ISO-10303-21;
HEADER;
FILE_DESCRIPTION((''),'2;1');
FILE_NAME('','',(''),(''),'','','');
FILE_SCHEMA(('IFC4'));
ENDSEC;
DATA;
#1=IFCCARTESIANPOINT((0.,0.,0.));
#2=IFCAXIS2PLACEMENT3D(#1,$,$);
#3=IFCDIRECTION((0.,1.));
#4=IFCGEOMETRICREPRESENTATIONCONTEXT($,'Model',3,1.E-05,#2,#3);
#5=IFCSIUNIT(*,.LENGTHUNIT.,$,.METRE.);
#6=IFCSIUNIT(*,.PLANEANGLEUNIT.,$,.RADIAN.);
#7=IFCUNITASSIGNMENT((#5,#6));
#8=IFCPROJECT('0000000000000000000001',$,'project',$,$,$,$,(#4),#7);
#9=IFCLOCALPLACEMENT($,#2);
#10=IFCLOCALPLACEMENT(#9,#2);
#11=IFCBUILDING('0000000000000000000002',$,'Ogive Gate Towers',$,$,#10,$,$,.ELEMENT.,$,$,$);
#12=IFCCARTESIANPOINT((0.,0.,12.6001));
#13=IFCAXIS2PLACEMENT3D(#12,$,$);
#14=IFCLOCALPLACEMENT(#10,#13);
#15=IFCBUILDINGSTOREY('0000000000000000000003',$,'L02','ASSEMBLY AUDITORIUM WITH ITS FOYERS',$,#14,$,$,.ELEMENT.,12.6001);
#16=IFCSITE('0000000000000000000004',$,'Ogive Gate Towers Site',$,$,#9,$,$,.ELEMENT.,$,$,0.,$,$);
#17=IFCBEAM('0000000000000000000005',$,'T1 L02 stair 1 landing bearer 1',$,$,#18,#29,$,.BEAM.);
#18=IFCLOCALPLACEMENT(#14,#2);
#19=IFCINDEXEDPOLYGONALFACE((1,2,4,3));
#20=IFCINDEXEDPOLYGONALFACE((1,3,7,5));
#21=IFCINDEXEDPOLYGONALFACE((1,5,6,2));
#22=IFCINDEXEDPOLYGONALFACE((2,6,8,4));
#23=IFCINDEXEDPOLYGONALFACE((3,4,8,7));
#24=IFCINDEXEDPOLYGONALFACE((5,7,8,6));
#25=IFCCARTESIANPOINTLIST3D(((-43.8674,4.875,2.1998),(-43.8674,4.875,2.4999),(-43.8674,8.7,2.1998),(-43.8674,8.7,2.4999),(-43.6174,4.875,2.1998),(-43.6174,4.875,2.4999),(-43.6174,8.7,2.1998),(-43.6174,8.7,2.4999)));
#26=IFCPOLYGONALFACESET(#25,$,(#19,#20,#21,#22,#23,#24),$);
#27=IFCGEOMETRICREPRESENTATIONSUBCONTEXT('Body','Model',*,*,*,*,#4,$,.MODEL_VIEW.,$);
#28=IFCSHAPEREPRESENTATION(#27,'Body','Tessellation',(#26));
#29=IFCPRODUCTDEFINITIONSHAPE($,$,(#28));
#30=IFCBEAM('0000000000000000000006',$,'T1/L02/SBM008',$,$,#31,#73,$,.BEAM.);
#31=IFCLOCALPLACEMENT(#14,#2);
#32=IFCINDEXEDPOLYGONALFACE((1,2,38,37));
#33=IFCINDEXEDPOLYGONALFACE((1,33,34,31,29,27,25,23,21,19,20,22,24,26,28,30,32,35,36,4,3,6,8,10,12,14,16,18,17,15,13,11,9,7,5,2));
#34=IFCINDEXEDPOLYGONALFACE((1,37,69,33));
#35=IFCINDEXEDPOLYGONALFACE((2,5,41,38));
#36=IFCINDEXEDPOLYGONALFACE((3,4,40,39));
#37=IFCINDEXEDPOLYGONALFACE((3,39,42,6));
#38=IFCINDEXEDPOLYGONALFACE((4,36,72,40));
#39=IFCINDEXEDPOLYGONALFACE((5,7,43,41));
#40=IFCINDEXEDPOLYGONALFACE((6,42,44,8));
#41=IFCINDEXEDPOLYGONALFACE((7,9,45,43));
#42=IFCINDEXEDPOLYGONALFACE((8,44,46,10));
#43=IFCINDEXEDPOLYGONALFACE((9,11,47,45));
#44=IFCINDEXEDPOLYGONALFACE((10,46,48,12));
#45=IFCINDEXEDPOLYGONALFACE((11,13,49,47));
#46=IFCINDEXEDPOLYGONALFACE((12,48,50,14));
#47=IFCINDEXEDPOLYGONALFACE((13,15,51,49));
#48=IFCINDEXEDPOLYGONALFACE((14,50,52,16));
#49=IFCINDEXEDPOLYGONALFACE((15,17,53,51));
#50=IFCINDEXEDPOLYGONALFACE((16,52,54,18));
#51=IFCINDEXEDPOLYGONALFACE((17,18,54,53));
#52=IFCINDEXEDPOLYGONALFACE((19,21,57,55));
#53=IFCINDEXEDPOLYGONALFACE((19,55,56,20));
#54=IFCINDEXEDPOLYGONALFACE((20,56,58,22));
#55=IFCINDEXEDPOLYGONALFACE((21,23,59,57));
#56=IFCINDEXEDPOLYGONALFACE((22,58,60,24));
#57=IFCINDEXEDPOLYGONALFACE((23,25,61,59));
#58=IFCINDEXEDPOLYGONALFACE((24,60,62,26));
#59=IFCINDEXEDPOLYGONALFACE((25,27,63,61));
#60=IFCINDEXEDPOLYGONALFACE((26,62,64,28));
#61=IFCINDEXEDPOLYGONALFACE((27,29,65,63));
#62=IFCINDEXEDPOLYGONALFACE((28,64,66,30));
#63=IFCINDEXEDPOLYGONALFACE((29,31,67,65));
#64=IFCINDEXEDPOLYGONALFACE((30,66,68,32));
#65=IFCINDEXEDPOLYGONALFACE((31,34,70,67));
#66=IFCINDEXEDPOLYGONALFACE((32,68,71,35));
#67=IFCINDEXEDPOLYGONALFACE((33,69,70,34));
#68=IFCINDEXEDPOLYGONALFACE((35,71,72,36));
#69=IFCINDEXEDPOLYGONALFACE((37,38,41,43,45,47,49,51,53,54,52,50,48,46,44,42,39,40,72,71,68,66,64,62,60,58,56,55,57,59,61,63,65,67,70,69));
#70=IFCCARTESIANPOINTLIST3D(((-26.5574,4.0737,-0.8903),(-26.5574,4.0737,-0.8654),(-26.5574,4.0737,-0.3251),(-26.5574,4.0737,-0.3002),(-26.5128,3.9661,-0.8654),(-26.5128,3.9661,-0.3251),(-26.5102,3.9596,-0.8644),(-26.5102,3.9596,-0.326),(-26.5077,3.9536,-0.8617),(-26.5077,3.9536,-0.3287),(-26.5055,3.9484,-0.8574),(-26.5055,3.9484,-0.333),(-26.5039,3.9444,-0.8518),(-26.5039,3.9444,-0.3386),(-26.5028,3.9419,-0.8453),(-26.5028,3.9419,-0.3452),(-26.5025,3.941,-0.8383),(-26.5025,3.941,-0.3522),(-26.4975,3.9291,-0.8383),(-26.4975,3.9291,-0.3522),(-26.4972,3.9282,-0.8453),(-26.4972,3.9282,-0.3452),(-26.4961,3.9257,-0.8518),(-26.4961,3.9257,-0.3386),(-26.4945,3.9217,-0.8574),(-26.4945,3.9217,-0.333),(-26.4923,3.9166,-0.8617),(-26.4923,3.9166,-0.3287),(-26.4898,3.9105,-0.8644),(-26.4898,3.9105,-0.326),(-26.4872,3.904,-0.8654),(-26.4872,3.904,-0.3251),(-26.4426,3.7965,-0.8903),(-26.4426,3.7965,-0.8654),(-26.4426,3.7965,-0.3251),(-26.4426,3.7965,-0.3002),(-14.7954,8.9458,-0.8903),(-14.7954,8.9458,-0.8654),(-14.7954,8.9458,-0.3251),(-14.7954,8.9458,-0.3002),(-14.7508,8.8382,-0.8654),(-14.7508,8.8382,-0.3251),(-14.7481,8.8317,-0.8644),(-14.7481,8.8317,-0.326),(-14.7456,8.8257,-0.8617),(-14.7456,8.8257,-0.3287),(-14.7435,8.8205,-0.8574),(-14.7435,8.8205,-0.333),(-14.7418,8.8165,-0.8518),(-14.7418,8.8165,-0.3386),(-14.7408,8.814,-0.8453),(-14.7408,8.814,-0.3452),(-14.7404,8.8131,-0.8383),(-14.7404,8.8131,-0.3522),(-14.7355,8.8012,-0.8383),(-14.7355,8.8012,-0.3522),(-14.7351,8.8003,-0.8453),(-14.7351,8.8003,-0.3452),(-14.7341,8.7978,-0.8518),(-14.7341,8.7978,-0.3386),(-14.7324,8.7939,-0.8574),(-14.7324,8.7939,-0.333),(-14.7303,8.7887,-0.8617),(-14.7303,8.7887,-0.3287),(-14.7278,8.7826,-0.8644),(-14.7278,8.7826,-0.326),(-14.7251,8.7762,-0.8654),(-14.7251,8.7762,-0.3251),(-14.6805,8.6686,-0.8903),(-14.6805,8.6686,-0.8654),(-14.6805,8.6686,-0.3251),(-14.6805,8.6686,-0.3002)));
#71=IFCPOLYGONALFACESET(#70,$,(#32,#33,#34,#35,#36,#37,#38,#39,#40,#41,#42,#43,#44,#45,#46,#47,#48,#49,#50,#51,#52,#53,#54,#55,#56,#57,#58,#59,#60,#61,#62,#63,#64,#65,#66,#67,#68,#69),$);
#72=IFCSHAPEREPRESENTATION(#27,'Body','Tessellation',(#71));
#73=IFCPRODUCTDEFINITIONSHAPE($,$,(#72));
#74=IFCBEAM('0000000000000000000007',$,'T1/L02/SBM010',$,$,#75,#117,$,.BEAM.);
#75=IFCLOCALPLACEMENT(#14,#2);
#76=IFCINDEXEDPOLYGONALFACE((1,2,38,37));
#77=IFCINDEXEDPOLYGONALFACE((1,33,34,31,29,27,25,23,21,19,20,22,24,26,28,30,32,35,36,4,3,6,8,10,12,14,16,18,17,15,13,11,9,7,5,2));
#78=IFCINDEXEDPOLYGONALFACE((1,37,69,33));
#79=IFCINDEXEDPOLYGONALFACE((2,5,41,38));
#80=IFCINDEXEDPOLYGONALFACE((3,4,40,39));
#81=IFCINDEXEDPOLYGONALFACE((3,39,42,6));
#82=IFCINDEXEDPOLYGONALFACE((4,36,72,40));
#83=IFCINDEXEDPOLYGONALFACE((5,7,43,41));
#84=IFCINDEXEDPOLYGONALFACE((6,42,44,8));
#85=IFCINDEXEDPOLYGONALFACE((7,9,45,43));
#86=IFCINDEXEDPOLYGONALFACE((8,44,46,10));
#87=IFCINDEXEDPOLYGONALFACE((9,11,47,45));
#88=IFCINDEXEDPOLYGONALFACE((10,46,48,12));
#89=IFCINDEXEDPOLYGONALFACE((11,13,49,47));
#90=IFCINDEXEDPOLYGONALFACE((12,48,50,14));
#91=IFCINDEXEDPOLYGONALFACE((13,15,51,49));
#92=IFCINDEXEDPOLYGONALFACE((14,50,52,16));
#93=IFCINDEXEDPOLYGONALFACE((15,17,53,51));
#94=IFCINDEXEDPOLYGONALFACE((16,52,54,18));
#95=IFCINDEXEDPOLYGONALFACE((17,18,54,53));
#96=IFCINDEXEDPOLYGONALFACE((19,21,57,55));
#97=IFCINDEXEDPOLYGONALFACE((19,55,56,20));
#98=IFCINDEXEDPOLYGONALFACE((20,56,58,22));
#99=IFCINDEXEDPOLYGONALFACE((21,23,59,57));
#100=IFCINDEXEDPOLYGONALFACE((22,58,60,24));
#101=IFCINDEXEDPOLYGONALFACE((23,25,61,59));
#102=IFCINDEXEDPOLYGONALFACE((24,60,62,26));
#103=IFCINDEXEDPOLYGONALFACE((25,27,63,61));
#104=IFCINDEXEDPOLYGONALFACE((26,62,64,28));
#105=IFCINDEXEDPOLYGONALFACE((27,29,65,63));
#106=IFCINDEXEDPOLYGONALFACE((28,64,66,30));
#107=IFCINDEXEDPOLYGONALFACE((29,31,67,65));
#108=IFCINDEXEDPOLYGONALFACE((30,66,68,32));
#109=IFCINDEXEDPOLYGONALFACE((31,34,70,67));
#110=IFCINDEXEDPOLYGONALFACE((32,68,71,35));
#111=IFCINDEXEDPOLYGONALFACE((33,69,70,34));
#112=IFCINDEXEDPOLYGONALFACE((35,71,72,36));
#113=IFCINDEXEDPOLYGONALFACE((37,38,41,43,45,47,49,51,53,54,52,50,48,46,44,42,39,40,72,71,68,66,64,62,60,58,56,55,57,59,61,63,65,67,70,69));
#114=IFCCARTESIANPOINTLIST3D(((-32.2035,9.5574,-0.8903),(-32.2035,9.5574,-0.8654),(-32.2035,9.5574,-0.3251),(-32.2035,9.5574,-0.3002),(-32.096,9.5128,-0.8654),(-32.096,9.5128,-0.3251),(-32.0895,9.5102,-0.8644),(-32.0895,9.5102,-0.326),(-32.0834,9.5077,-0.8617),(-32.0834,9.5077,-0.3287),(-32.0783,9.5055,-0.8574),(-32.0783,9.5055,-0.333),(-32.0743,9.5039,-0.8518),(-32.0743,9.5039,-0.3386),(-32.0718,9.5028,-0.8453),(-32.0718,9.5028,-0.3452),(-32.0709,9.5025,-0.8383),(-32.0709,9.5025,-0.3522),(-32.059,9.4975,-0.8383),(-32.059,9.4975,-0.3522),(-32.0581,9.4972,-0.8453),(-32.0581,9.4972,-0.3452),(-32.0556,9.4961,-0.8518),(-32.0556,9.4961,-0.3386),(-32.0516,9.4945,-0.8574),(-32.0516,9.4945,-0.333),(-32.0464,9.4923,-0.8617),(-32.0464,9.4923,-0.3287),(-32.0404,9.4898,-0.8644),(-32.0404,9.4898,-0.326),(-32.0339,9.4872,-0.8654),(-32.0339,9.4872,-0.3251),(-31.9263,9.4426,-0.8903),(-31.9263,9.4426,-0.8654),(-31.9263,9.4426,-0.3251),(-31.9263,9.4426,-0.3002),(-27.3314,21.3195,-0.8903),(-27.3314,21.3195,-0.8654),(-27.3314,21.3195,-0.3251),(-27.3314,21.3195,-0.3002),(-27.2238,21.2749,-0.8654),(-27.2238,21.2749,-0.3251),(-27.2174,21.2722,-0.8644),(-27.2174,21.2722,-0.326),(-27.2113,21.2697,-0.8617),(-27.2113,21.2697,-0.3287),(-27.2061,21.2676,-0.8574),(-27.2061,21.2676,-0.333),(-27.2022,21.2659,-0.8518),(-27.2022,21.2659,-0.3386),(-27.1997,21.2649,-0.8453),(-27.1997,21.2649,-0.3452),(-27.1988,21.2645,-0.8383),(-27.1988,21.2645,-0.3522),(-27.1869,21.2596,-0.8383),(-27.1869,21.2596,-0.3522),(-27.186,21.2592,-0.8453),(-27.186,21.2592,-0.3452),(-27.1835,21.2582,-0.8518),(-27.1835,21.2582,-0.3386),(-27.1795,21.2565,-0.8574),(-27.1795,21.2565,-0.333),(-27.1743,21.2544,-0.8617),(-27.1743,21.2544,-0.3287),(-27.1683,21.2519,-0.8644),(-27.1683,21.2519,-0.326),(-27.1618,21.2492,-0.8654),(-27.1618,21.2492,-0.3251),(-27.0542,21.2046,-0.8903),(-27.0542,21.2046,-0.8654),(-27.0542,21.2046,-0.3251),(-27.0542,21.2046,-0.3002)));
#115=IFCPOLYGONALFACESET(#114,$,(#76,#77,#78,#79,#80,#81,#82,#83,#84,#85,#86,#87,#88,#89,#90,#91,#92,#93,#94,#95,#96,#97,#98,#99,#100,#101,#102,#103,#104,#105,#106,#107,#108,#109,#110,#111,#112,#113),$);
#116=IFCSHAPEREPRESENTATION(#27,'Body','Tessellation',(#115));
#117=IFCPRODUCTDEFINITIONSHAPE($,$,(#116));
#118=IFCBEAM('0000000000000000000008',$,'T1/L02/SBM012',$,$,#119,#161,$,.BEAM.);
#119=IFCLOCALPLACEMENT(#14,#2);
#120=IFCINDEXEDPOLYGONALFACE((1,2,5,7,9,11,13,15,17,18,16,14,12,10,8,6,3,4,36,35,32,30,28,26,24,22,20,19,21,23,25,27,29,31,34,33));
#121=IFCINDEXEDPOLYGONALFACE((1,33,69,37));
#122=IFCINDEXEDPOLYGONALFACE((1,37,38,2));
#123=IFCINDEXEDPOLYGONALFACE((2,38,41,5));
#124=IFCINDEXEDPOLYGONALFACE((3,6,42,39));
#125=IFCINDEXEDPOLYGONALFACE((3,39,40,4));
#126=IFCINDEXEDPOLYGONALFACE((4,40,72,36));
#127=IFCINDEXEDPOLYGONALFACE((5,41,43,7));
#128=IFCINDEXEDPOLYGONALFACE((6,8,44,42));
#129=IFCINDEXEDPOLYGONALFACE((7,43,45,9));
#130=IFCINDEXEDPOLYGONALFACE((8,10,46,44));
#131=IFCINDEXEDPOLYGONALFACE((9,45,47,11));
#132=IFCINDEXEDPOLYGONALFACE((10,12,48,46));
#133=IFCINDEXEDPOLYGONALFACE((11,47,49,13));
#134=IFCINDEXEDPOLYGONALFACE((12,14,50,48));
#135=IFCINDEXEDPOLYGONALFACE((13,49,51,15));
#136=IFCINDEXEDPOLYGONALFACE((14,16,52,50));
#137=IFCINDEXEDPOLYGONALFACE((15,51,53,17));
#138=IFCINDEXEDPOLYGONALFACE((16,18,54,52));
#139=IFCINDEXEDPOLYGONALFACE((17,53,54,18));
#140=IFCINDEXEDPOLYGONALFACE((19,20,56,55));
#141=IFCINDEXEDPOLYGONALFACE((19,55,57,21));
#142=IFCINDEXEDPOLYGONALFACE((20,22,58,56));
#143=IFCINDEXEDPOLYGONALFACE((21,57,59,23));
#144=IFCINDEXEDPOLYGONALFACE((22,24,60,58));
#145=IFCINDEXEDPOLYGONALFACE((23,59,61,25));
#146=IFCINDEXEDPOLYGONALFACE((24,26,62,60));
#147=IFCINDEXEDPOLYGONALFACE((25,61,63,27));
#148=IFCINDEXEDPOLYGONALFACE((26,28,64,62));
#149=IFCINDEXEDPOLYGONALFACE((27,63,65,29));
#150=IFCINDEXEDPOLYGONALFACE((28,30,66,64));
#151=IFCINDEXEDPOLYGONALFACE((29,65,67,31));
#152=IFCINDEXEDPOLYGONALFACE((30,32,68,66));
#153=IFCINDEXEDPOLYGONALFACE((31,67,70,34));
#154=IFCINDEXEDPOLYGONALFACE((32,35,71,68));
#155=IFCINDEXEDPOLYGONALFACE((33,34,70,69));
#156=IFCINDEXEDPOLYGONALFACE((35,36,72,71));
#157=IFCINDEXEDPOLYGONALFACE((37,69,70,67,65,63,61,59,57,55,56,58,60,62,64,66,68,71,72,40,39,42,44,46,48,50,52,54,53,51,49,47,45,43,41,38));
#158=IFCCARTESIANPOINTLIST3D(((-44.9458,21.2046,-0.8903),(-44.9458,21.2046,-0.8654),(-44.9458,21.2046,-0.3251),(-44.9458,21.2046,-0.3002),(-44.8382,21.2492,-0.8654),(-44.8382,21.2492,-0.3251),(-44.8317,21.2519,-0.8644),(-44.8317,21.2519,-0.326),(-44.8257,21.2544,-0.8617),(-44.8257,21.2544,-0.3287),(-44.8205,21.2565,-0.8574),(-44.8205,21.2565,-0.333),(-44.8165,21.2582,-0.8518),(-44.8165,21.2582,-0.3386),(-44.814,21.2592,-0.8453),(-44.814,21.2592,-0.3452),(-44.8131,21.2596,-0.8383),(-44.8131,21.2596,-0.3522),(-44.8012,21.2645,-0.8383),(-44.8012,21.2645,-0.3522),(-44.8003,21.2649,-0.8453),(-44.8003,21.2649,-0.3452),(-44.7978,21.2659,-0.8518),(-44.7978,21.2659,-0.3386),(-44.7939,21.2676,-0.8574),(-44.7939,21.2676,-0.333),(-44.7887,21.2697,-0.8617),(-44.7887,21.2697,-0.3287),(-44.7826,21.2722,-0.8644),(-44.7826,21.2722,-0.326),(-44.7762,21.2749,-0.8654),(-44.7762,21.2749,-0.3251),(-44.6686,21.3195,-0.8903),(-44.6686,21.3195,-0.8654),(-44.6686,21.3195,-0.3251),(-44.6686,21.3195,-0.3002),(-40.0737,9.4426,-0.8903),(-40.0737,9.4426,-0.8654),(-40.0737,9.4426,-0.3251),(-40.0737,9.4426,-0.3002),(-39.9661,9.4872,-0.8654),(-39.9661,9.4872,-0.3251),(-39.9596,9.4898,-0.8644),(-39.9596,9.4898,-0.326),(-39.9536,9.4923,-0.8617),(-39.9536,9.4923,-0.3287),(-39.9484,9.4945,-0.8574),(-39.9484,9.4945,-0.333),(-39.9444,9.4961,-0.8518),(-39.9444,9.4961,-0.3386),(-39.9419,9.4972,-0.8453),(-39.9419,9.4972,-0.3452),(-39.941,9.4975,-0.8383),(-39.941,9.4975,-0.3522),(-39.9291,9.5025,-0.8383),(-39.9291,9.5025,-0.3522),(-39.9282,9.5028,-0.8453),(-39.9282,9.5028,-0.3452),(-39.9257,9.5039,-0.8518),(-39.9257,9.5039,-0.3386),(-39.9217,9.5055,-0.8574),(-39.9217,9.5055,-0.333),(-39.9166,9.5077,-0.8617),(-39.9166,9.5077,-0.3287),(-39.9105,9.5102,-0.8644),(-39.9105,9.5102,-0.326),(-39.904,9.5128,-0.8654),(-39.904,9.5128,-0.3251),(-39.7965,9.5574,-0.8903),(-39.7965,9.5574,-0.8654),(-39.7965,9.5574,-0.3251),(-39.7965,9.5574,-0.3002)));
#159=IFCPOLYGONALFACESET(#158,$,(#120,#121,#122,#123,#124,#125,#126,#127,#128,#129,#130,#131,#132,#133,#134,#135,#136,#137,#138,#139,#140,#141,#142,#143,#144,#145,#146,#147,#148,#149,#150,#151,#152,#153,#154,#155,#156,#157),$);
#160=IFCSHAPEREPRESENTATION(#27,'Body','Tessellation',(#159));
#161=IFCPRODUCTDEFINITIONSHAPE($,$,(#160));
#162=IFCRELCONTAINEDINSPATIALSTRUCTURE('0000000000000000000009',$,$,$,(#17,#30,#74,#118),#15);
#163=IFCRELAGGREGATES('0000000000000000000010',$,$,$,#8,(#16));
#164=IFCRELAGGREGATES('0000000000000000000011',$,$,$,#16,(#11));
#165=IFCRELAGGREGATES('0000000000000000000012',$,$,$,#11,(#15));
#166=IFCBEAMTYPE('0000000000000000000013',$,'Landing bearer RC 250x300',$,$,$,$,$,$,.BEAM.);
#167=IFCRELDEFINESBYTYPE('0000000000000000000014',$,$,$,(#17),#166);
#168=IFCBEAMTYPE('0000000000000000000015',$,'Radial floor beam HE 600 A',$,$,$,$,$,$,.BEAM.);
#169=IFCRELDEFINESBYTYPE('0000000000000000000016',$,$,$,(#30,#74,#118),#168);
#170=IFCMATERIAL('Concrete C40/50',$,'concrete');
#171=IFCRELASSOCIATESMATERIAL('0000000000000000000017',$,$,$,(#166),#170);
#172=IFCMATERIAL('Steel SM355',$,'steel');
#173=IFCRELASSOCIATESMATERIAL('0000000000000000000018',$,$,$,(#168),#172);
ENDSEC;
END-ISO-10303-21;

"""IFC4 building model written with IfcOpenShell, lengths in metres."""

from ifc_helpers import new_model, si_unit, direction, frame, origin, origin_2d, place, context, subcontext, project, spatial, rectangle, i_section, extrude, material, material_profile, profile_set, type_object, element, save


model = new_model("IFC4")

# Units and contexts
model_context = context("Model", 3, precision=1e-05, world=origin(), true_north=direction((0.0, 1.0)))
body_context = subcontext(model_context, "Body", "Model", "MODEL_VIEW")
ifc_project = project(units=[si_unit("LENGTHUNIT", "METRE"), si_unit("PLANEANGLEUNIT", "RADIAN")], contexts=[model_context])

# Site, building, storey
site_placement = place(None, origin())
site = spatial("IfcSite", under=ifc_project, at=site_placement, Name="Ogive Gate Towers Site", CompositionType="ELEMENT", RefElevation=0.0)
building_placement = place(site_placement, origin())
building = spatial("IfcBuilding", under=site, at=building_placement, Name="Ogive Gate Towers", CompositionType="ELEMENT")
storey_placement = place(building_placement, frame((0.0, 0.0, 12.6001)))
storey = spatial("IfcBuildingStorey", under=building, at=storey_placement, Name="L02", Description="ASSEMBLY AUDITORIUM WITH ITS FOYERS", CompositionType="ELEMENT", Elevation=12.6001)

# Beams
ifc_material_1 = material(Name="Concrete C40/50", Category="concrete")
ifc_material_profile_1 = material_profile(ifc_material_1, rectangle(XDim=0.25, YDim=0.3, at=origin_2d()), Name="RC 250x300")
ifc_profile_set_1 = profile_set([ifc_material_profile_1], Name="Concrete C40/50")
beam_type_1 = type_object("IfcBeamType", Name="Landing bearer RC 250x300", PredefinedType="BEAM", material=ifc_profile_set_1)
beam_1_placement = place(storey_placement, frame((-43.7424, 8.7, 2.3499), z_axis=(0.0, -1.0, 0.0), x_axis=(1.0, 0.0, 0.0)))
element("IfcBeam", 1, at=beam_1_placement, inside=storey, type_object=beam_type_1, Name="T1 L02 stair 1 landing bearer 1", PredefinedType="BEAM", context=body_context, shape_type="SweptSolid", body=[
    extrude(rectangle(XDim=0.25, YDim=0.3, at=origin_2d()), origin(), (0.0, 0.0, 1.0), 3.825),
])
ifc_material_2 = material(Name="Steel SM355", Category="steel")
ifc_material_profile_2 = material_profile(ifc_material_2, i_section(OverallWidth=0.3, OverallDepth=0.5901, WebThickness=0.0129, FlangeThickness=0.0249, FilletRadius=0.0271, at=origin_2d()), Name="HE 600 A")
ifc_profile_set_2 = profile_set([ifc_material_profile_2], Name="Steel SM355")
beam_type_2 = type_object("IfcBeamType", Name="Radial floor beam HE 600 A", PredefinedType="BEAM", material=ifc_profile_set_2)
for number, where, z_axis, x_axis, name in (
    (2, (-26.5, 3.9351, -0.5952), (0.923877, 0.382691, 0.0), (-0.382691, 0.923877, 0.0), "T1/L02/SBM008"),
    (3, (-32.0649, 9.5, -0.5952), (0.382691, 0.923877, 0.0), (-0.923877, 0.382691, 0.0), "T1/L02/SBM010"),
    (4, (-39.9351, 9.5, -0.5952), (-0.382691, 0.923877, 0.0), (-0.923877, -0.382691, 0.0), "T1/L02/SBM012"),
):
    element("IfcBeam", number, at=place(storey_placement, frame(where, z_axis=z_axis, x_axis=x_axis)), inside=storey, type_object=beam_type_2, Name=name, PredefinedType="BEAM", context=body_context, shape_type="SweptSolid", body=[
        extrude(i_section(OverallWidth=0.3, OverallDepth=0.5901, WebThickness=0.0129, FlangeThickness=0.0249, FilletRadius=0.0271, at=origin_2d()), origin(), (0.0, 0.0, 1.0), 12.7312),
    ])

save(model, "model.ifc")
